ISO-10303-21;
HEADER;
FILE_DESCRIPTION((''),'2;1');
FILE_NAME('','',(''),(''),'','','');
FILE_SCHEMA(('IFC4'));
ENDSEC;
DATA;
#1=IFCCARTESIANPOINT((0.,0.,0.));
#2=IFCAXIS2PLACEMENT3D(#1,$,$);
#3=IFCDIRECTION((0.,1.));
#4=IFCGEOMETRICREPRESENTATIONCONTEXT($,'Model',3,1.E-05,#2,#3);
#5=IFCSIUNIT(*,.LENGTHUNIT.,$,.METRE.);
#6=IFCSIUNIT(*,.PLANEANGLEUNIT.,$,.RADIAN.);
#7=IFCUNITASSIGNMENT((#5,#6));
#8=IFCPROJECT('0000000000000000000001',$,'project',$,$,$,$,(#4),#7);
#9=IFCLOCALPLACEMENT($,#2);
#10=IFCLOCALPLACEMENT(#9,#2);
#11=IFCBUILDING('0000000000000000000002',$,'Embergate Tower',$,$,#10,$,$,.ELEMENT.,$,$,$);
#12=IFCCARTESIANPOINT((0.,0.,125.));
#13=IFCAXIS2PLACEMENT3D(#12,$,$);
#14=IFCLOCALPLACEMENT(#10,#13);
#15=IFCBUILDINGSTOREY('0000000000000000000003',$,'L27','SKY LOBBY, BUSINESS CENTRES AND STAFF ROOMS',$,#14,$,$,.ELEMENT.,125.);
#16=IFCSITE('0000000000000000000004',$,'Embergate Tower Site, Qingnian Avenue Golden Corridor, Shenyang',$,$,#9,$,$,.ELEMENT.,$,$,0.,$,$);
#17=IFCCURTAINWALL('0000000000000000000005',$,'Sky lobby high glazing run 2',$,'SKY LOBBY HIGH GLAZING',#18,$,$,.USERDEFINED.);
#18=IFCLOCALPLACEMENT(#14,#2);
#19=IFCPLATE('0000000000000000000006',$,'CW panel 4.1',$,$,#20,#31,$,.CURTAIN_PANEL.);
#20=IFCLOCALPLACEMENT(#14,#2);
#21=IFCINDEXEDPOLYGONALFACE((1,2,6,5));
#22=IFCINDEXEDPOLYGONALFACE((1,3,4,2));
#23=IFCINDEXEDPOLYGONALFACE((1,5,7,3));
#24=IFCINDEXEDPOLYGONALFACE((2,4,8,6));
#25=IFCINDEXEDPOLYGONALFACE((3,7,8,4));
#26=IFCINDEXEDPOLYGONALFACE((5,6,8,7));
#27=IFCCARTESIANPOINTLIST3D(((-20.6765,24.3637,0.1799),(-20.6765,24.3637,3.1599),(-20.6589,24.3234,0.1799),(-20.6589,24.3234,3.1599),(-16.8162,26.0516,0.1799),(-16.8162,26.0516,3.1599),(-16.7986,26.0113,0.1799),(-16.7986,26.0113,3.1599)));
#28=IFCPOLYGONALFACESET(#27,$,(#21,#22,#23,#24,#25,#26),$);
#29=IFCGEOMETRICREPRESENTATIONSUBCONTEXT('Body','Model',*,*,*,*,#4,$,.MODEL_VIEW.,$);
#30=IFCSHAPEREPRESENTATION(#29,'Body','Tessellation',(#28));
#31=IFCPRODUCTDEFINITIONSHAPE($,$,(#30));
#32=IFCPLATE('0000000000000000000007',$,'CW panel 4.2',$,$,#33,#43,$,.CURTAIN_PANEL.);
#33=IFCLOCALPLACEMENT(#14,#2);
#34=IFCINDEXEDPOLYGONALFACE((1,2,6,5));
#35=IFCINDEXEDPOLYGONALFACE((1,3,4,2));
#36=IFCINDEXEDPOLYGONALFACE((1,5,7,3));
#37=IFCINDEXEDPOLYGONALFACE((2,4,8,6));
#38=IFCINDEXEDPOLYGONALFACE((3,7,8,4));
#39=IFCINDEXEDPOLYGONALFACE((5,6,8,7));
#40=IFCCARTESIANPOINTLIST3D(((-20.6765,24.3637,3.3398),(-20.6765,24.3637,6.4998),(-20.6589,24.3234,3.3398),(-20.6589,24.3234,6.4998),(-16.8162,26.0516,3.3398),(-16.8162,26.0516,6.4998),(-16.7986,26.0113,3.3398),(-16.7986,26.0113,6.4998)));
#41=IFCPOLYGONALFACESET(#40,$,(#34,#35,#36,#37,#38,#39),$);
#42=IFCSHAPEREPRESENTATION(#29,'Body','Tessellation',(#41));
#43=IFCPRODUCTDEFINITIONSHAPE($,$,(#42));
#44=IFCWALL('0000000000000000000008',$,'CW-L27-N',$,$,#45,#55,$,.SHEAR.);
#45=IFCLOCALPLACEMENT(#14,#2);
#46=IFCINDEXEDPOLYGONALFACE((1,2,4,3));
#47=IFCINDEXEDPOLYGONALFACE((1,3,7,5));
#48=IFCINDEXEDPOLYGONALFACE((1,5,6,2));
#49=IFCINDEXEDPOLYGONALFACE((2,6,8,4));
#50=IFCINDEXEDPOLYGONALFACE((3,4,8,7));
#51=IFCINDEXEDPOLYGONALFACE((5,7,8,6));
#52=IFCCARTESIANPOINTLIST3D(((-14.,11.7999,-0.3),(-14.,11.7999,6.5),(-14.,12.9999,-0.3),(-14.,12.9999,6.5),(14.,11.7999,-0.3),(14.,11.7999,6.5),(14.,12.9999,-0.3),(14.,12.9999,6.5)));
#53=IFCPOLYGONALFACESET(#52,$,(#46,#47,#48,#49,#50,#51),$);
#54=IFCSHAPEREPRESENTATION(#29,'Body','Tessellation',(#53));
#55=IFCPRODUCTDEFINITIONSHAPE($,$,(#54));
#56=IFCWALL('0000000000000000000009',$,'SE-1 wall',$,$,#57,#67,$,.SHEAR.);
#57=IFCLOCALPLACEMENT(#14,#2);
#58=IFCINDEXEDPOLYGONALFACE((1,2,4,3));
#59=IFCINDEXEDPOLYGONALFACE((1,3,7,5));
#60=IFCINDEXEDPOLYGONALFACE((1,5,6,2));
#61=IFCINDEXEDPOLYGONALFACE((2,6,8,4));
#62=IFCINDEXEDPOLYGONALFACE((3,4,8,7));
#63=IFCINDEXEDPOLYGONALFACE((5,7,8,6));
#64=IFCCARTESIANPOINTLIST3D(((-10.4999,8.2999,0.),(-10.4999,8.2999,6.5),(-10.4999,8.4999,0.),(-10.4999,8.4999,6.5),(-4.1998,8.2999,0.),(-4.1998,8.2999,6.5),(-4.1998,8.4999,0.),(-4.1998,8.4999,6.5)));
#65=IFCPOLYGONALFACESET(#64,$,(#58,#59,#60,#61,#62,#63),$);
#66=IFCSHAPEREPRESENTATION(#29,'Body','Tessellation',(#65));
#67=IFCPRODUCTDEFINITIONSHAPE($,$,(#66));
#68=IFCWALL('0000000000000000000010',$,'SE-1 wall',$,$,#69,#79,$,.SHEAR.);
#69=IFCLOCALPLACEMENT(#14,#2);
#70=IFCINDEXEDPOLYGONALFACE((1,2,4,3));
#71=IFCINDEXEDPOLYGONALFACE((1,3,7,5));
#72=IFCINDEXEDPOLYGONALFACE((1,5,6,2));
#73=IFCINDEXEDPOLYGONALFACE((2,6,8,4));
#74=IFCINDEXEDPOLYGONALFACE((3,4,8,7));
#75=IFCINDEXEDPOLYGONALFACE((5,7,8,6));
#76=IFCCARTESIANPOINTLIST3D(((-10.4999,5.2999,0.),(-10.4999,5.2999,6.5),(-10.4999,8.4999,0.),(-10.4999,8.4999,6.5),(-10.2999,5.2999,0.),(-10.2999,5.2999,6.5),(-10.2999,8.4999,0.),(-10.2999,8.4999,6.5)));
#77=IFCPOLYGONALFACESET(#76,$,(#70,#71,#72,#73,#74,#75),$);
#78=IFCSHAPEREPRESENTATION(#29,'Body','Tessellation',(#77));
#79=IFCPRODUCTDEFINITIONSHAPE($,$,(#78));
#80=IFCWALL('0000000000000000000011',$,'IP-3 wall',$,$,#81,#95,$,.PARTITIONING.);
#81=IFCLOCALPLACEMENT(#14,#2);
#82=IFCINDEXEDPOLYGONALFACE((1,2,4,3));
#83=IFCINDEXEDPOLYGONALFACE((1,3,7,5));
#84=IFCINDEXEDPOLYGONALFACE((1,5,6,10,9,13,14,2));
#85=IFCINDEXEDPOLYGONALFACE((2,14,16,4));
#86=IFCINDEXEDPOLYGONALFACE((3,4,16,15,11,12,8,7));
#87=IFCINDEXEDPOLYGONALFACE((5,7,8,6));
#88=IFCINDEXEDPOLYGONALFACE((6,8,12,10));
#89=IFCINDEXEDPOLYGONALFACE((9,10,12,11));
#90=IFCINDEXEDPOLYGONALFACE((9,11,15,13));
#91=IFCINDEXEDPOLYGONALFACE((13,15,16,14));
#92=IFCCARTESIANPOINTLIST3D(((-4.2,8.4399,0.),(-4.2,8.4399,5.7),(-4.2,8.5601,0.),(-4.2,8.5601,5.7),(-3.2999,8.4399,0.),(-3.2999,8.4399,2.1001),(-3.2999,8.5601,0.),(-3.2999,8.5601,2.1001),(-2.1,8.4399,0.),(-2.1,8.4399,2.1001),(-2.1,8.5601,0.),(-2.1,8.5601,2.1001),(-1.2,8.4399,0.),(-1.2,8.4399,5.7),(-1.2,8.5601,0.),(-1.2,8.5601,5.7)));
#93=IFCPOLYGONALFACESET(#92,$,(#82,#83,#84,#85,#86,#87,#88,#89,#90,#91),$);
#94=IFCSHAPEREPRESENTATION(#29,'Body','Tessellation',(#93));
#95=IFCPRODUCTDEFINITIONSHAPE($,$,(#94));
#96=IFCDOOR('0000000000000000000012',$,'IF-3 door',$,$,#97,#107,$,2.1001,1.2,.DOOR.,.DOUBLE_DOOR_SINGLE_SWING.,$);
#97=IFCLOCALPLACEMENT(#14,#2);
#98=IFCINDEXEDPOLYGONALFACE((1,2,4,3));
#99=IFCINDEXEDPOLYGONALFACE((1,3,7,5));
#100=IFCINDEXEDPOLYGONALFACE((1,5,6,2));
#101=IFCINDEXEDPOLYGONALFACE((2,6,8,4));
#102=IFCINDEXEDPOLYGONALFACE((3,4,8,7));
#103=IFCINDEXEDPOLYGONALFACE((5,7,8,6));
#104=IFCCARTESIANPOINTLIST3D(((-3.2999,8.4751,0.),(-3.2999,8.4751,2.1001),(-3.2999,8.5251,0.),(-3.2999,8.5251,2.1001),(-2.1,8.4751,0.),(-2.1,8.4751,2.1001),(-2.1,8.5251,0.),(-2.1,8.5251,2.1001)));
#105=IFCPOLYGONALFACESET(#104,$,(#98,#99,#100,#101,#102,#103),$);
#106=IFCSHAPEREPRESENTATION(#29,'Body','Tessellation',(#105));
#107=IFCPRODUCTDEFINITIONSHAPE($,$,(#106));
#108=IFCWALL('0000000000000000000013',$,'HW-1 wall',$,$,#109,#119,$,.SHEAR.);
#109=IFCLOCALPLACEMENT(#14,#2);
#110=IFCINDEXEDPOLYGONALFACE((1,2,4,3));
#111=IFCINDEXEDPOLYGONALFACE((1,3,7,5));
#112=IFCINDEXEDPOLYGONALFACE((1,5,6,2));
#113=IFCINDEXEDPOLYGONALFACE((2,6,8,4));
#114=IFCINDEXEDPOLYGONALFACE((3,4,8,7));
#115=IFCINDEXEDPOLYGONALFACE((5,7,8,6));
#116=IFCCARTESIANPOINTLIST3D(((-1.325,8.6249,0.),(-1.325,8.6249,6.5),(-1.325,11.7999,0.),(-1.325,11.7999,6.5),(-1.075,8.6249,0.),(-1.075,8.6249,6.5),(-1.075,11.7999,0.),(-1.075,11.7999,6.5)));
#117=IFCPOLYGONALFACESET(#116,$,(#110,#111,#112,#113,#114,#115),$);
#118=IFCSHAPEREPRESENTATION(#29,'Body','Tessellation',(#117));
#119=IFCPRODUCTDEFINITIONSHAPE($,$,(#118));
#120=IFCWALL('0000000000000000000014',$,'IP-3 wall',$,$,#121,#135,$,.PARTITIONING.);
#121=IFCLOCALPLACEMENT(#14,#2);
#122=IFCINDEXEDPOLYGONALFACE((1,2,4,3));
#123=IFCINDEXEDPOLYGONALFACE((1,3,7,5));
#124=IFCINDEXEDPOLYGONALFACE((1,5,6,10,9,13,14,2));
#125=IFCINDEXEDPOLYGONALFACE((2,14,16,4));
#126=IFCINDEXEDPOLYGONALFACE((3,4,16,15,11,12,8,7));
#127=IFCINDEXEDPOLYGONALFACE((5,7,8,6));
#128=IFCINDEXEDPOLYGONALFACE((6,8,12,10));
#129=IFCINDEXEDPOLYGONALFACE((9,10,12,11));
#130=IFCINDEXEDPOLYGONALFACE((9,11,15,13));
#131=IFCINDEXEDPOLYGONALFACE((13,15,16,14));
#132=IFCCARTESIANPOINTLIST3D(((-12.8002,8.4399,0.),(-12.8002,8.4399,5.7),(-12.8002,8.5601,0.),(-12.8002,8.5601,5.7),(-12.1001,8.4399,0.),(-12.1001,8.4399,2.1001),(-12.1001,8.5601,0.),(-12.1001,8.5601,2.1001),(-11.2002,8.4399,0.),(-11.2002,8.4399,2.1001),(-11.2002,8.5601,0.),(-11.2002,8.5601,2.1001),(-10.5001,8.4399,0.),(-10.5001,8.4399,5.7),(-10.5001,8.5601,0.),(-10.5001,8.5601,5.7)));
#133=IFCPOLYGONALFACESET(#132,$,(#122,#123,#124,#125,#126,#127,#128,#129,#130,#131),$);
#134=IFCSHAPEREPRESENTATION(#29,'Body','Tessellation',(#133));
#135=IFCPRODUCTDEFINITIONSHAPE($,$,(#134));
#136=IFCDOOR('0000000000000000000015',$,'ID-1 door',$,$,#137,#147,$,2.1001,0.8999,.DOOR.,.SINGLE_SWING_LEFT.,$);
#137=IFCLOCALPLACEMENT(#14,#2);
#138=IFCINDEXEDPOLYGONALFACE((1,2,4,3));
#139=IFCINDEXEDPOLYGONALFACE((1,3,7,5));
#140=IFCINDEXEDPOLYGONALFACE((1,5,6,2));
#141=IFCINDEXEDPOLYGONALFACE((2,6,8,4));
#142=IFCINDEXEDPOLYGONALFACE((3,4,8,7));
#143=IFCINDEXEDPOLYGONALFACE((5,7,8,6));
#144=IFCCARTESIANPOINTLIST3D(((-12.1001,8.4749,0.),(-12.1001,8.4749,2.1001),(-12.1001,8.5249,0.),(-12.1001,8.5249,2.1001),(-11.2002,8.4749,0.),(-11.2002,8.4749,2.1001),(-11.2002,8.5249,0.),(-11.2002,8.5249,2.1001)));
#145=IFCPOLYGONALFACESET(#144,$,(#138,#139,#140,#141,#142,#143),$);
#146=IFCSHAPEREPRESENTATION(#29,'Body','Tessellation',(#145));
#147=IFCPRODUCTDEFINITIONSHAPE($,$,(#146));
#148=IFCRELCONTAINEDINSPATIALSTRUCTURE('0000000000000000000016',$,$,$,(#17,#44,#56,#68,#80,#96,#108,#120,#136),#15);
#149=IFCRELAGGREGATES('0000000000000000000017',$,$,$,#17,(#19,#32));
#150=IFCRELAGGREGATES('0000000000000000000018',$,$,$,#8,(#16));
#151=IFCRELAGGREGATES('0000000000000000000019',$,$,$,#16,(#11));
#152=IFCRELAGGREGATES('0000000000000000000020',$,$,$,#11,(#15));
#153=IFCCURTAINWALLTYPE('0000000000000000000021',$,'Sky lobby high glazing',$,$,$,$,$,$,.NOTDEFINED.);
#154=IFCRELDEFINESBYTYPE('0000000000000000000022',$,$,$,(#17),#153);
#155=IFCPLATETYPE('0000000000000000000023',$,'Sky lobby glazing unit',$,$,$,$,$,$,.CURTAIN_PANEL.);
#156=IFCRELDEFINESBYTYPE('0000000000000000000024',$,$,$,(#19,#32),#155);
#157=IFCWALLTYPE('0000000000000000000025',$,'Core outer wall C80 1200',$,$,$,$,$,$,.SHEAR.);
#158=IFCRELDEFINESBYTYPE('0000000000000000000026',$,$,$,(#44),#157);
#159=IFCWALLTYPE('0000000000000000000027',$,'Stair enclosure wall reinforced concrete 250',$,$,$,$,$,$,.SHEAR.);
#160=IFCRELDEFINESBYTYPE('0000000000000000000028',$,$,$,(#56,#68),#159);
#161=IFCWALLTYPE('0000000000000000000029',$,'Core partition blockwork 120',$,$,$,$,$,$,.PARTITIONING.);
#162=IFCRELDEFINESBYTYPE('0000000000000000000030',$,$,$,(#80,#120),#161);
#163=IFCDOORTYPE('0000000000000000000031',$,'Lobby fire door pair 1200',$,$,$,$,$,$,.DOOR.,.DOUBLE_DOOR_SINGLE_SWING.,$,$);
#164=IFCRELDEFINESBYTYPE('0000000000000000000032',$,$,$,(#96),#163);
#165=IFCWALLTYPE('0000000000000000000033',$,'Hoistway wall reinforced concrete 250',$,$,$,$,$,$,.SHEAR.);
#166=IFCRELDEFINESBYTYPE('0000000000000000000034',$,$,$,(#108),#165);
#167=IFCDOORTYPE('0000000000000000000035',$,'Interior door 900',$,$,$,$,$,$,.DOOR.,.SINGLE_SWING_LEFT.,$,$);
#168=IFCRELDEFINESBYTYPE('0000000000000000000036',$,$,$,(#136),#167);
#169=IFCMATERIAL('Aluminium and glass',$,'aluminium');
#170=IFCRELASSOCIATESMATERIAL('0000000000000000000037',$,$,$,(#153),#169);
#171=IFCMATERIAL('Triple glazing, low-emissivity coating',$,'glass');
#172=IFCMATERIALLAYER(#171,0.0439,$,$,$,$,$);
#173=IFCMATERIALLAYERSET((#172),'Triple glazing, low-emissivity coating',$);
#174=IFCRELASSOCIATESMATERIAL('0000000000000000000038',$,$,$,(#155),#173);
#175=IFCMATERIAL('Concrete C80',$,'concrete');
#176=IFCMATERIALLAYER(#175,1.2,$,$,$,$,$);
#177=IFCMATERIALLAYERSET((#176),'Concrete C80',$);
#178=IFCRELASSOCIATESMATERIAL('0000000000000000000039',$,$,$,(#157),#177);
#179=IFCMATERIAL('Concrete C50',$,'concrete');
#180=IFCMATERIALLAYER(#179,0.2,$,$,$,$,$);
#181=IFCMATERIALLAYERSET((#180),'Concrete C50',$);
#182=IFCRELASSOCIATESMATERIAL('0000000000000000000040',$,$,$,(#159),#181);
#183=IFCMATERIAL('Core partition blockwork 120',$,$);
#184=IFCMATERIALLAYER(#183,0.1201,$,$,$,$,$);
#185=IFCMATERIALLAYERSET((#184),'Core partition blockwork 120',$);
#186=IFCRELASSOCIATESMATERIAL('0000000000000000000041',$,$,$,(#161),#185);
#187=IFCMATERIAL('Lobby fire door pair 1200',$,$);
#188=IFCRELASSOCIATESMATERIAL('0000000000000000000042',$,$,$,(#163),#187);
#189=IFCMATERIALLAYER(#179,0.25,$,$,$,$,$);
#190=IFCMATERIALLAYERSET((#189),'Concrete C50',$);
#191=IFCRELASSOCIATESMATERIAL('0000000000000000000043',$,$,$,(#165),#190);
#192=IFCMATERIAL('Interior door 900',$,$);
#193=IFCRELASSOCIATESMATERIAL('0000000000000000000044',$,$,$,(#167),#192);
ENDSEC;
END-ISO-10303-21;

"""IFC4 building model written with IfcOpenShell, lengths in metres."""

from ifc_helpers import new_model, si_unit, direction, frame, frame_2d, origin, origin_2d, place, context, subcontext, project, spatial, rectangle, extrude, source, transform, mapped, material, layer, layer_set, type_object, element, fill, aggregate, save


model = new_model("IFC4")

# Units and contexts
model_context = context("Model", 3, precision=1e-05, world=origin(), true_north=direction((0.0, 1.0)))
body_context = subcontext(model_context, "Body", "Model", "MODEL_VIEW")
ifc_project = project(units=[si_unit("LENGTHUNIT", "METRE"), si_unit("PLANEANGLEUNIT", "RADIAN")], contexts=[model_context])

# Site, building, storey
site_placement = place(None, origin())
site = spatial("IfcSite", under=ifc_project, at=site_placement, Name="Embergate Tower Site, Qingnian Avenue Golden Corridor, Shenyang", CompositionType="ELEMENT", RefElevation=0.0)
building_placement = place(site_placement, origin())
building = spatial("IfcBuilding", under=site, at=building_placement, Name="Embergate Tower", CompositionType="ELEMENT")
storey_placement = place(building_placement, frame((0.0, 0.0, 125.0)))
storey = spatial("IfcBuildingStorey", under=building, at=storey_placement, Name="L27", Description="SKY LOBBY, BUSINESS CENTRES AND STAFF ROOMS", CompositionType="ELEMENT", Elevation=125.0)

# Curtain wall, plates
ifc_material_1 = material(Name="Aluminium and glass", Category="aluminium")
curtain_wall_type = type_object("IfcCurtainWallType", Name="Sky lobby high glazing", PredefinedType="NOTDEFINED", material=ifc_material_1)
curtain_wall_placement = place(storey_placement, origin())
curtain_wall = element("IfcCurtainWall", 1, at=curtain_wall_placement, inside=storey, type_object=curtain_wall_type, Name="Sky lobby high glazing run 2", ObjectType="SKY LOBBY HIGH GLAZING", PredefinedType="USERDEFINED")
ifc_material_2 = material(Name="Triple glazing, low-emissivity coating", Category="glass")
ifc_layer_1 = layer(ifc_material_2, 0.0439)
ifc_layer_set_1 = layer_set([ifc_layer_1], Name="Triple glazing, low-emissivity coating")
plate_type = type_object("IfcPlateType", Name="Sky lobby glazing unit", PredefinedType="CURTAIN_PANEL", material=ifc_layer_set_1)
shared_shape_1 = source(origin(), body_context, "Body", "SweptSolid", [
    extrude(rectangle(XDim=4.2131, YDim=0.0439, at=origin_2d()), origin(), (0.0, 0.0, 1.0), 2.98),
])
plate_1_placement = place(storey_placement, frame((-18.7375, 25.1875, 0.1799), z_axis=(0.0, 0.0, 1.0), x_axis=(-0.916238, -0.400635, 0.0)))
plate_1 = element("IfcPlate", 2, at=plate_1_placement, type_object=plate_type, Name="CW panel 4.1", PredefinedType="CURTAIN_PANEL", context=body_context, shape_type="MappedRepresentation", body=[
    mapped(shared_shape_1, transform((0.0, 0.0, 0.0))),
])
shared_shape_2 = source(origin(), body_context, "Body", "SweptSolid", [
    extrude(rectangle(XDim=4.2131, YDim=0.0439, at=origin_2d()), origin(), (0.0, 0.0, 1.0), 3.1599),
])
plate_2_placement = place(storey_placement, frame((-18.7375, 25.1875, 3.3398), z_axis=(0.0, 0.0, 1.0), x_axis=(-0.916238, -0.400635, 0.0)))
plate_2 = element("IfcPlate", 3, at=plate_2_placement, type_object=plate_type, Name="CW panel 4.2", PredefinedType="CURTAIN_PANEL", context=body_context, shape_type="MappedRepresentation", body=[
    mapped(shared_shape_2, transform((0.0, 0.0, 0.0))),
])
aggregate(curtain_wall, [plate_1, plate_2])

# Walls
ifc_material_3 = material(Name="Concrete C80", Category="concrete")
ifc_layer_2 = layer(ifc_material_3, 1.2)
ifc_layer_set_2 = layer_set([ifc_layer_2], Name="Concrete C80")
wall_type_1 = type_object("IfcWallType", Name="Core outer wall C80 1200", PredefinedType="SHEAR", material=ifc_layer_set_2)
shared_shape_3 = source(origin(), body_context, "Body", "SweptSolid", [
    extrude(rectangle(XDim=28.0, YDim=1.2, at=frame_2d((14.0, 0.0))), origin(), (0.0, 0.0, 1.0), 6.8),
])
wall_1_placement = place(storey_placement, frame((-14.0, 12.3999, -0.3), z_axis=(0.0, 0.0, 1.0), x_axis=(1.0, 0.0, 0.0)))
element("IfcWall", 4, at=wall_1_placement, inside=storey, type_object=wall_type_1, Name="CW-L27-N", PredefinedType="SHEAR", context=body_context, shape_type="MappedRepresentation", body=[
    mapped(shared_shape_3, transform((0.0, 0.0, 0.0))),
])
ifc_material_4 = material(Name="Concrete C50", Category="concrete")
ifc_layer_3 = layer(ifc_material_4, 0.2)
ifc_layer_set_3 = layer_set([ifc_layer_3], Name="Concrete C50")
wall_type_2 = type_object("IfcWallType", Name="Stair enclosure wall reinforced concrete 250", PredefinedType="SHEAR", material=ifc_layer_set_3)
shared_shape_4 = source(origin(), body_context, "Body", "SweptSolid", [
    extrude(rectangle(XDim=6.3, YDim=0.2, at=frame_2d((3.1499, 0.0))), origin(), (0.0, 0.0, 1.0), 6.5),
])
wall_2_placement = place(storey_placement, frame((-4.2, 8.3999, 0.0), z_axis=(0.0, 0.0, 1.0), x_axis=(-1.0, 0.0, 0.0)))
element("IfcWall", 5, at=wall_2_placement, inside=storey, type_object=wall_type_2, Name="SE-1 wall", PredefinedType="SHEAR", context=body_context, shape_type="MappedRepresentation", body=[
    mapped(shared_shape_4, transform((0.0, 0.0, 0.0))),
])
shared_shape_5 = source(origin(), body_context, "Body", "SweptSolid", [
    extrude(rectangle(XDim=3.2, YDim=0.2, at=frame_2d((1.6001, 0.0))), origin(), (0.0, 0.0, 1.0), 6.5),
])
wall_3_placement = place(storey_placement, frame((-10.3999, 8.5, 0.0), z_axis=(0.0, 0.0, 1.0), x_axis=(0.0, -1.0, 0.0)))
element("IfcWall", 6, at=wall_3_placement, inside=storey, type_object=wall_type_2, Name="SE-1 wall", PredefinedType="SHEAR", context=body_context, shape_type="MappedRepresentation", body=[
    mapped(shared_shape_5, transform((0.0, 0.0, 0.0))),
])

# Wall, opening, door
ifc_material_5 = material(Name="Core partition blockwork 120")
ifc_layer_4 = layer(ifc_material_5, 0.1201)
ifc_layer_set_4 = layer_set([ifc_layer_4], Name="Core partition blockwork 120")
wall_type_3 = type_object("IfcWallType", Name="Core partition blockwork 120", PredefinedType="PARTITIONING", material=ifc_layer_set_4)
shared_shape_6 = source(origin(), body_context, "Body", "SweptSolid", [
    extrude(rectangle(XDim=3.0, YDim=0.1201, at=frame_2d((1.5, 0.0))), origin(), (0.0, 0.0, 1.0), 5.7),
])
wall_4_placement = place(storey_placement, frame((-1.2, 8.5, 0.0), z_axis=(0.0, 0.0, 1.0), x_axis=(-1.0, 0.0, 0.0)))
wall_4 = element("IfcWall", 7, at=wall_4_placement, inside=storey, type_object=wall_type_3, Name="IP-3 wall", PredefinedType="PARTITIONING", context=body_context, shape_type="MappedRepresentation", body=[
    mapped(shared_shape_6, transform((0.0, 0.0, 0.0))),
])
shared_shape_7 = source(origin(), body_context, "Body", "SweptSolid", [
    extrude(rectangle(XDim=1.2, YDim=2.1001, at=frame_2d((0.6001, 1.05))), frame((0.0, 0.0701, 0.0), z_axis=(0.0, -1.0, 0.0), x_axis=(1.0, 0.0, 0.0)), (0.0, 0.0, 1.0), 0.1401),
])
opening_1_placement = place(wall_4_placement, frame((0.8999, 0.0, 0.0)))
opening_1 = element("IfcOpeningElement", 8, at=opening_1_placement, cuts=wall_4, PredefinedType="OPENING", context=body_context, shape_type="MappedRepresentation", body=[
    mapped(shared_shape_7, transform((0.0, 0.0, 0.0))),
])
ifc_material_6 = material(Name="Lobby fire door pair 1200")
door_type_1 = type_object("IfcDoorType", Name="Lobby fire door pair 1200", OperationType="DOUBLE_DOOR_SINGLE_SWING", PredefinedType="DOOR", material=ifc_material_6)
shared_shape_8 = source(origin(), body_context, "Body", "SweptSolid", [
    extrude(rectangle(XDim=1.2, YDim=2.1001, at=frame_2d((0.6001, 1.05))), frame((0.0, 0.0249, 0.0), z_axis=(0.0, -1.0, 0.0), x_axis=(1.0, 0.0, 0.0)), (0.0, 0.0, 1.0), 0.05),
])
door_1_placement = place(opening_1_placement, origin())
door_1 = element("IfcDoor", 9, at=door_1_placement, inside=storey, type_object=door_type_1, Name="IF-3 door", OperationType="DOUBLE_DOOR_SINGLE_SWING", OverallHeight=2.1001, OverallWidth=1.2, PredefinedType="DOOR", context=body_context, shape_type="MappedRepresentation", body=[
    mapped(shared_shape_8, transform((0.0, 0.0, 0.0))),
])
fill(opening_1, door_1)

# Wall
ifc_layer_5 = layer(ifc_material_4, 0.25)
ifc_layer_set_5 = layer_set([ifc_layer_5], Name="Concrete C50")
wall_type_4 = type_object("IfcWallType", Name="Hoistway wall reinforced concrete 250", PredefinedType="SHEAR", material=ifc_layer_set_5)
shared_shape_9 = source(origin(), body_context, "Body", "SweptSolid", [
    extrude(rectangle(XDim=3.175, YDim=0.25, at=frame_2d((1.5874, 0.0))), origin(), (0.0, 0.0, 1.0), 6.5),
])
wall_5_placement = place(storey_placement, frame((-1.2, 8.625, 0.0), z_axis=(0.0, 0.0, 1.0), x_axis=(0.0, 1.0, 0.0)))
element("IfcWall", 10, at=wall_5_placement, inside=storey, type_object=wall_type_4, Name="HW-1 wall", PredefinedType="SHEAR", context=body_context, shape_type="MappedRepresentation", body=[
    mapped(shared_shape_9, transform((0.0, 0.0, 0.0))),
])

# Wall, opening, door
shared_shape_10 = source(origin(), body_context, "Body", "SweptSolid", [
    extrude(rectangle(XDim=2.3, YDim=0.1201, at=frame_2d((1.1499, 0.0))), origin(), (0.0, 0.0, 1.0), 5.7),
])
wall_6_placement = place(storey_placement, frame((-12.8, 8.5, 0.0), z_axis=(0.0, 0.0, 1.0), x_axis=(1.0, 0.0, 0.0)))
wall_6 = element("IfcWall", 11, at=wall_6_placement, inside=storey, type_object=wall_type_3, Name="IP-3 wall", PredefinedType="PARTITIONING", context=body_context, shape_type="MappedRepresentation", body=[
    mapped(shared_shape_10, transform((0.0, 0.0, 0.0))),
])
shared_shape_11 = source(origin(), body_context, "Body", "SweptSolid", [
    extrude(rectangle(XDim=0.8999, YDim=2.1001, at=frame_2d((0.45, 1.05))), frame((0.0, 0.0701, 0.0), z_axis=(0.0, -1.0, 0.0), x_axis=(1.0, 0.0, 0.0)), (0.0, 0.0, 1.0), 0.1401),
])
opening_2_placement = place(wall_6_placement, frame((0.7, 0.0, 0.0)))
opening_2 = element("IfcOpeningElement", 12, at=opening_2_placement, cuts=wall_6, PredefinedType="OPENING", context=body_context, shape_type="MappedRepresentation", body=[
    mapped(shared_shape_11, transform((0.0, 0.0, 0.0))),
])
ifc_material_7 = material(Name="Interior door 900")
door_type_2 = type_object("IfcDoorType", Name="Interior door 900", OperationType="SINGLE_SWING_LEFT", PredefinedType="DOOR", material=ifc_material_7)
shared_shape_12 = source(origin(), body_context, "Body", "SweptSolid", [
    extrude(rectangle(XDim=0.8999, YDim=2.1001, at=frame_2d((0.45, 1.05))), frame((0.0, 0.0249, 0.0), z_axis=(0.0, -1.0, 0.0), x_axis=(1.0, 0.0, 0.0)), (0.0, 0.0, 1.0), 0.05),
])
door_2_placement = place(opening_2_placement, origin())
door_2 = element("IfcDoor", 13, at=door_2_placement, inside=storey, type_object=door_type_2, Name="ID-1 door", OperationType="SINGLE_SWING_LEFT", OverallHeight=2.1001, OverallWidth=0.8999, PredefinedType="DOOR", context=body_context, shape_type="MappedRepresentation", body=[
    mapped(shared_shape_12, transform((0.0, 0.0, 0.0))),
])
fill(opening_2, door_2)

save(model, "model.ifc")
